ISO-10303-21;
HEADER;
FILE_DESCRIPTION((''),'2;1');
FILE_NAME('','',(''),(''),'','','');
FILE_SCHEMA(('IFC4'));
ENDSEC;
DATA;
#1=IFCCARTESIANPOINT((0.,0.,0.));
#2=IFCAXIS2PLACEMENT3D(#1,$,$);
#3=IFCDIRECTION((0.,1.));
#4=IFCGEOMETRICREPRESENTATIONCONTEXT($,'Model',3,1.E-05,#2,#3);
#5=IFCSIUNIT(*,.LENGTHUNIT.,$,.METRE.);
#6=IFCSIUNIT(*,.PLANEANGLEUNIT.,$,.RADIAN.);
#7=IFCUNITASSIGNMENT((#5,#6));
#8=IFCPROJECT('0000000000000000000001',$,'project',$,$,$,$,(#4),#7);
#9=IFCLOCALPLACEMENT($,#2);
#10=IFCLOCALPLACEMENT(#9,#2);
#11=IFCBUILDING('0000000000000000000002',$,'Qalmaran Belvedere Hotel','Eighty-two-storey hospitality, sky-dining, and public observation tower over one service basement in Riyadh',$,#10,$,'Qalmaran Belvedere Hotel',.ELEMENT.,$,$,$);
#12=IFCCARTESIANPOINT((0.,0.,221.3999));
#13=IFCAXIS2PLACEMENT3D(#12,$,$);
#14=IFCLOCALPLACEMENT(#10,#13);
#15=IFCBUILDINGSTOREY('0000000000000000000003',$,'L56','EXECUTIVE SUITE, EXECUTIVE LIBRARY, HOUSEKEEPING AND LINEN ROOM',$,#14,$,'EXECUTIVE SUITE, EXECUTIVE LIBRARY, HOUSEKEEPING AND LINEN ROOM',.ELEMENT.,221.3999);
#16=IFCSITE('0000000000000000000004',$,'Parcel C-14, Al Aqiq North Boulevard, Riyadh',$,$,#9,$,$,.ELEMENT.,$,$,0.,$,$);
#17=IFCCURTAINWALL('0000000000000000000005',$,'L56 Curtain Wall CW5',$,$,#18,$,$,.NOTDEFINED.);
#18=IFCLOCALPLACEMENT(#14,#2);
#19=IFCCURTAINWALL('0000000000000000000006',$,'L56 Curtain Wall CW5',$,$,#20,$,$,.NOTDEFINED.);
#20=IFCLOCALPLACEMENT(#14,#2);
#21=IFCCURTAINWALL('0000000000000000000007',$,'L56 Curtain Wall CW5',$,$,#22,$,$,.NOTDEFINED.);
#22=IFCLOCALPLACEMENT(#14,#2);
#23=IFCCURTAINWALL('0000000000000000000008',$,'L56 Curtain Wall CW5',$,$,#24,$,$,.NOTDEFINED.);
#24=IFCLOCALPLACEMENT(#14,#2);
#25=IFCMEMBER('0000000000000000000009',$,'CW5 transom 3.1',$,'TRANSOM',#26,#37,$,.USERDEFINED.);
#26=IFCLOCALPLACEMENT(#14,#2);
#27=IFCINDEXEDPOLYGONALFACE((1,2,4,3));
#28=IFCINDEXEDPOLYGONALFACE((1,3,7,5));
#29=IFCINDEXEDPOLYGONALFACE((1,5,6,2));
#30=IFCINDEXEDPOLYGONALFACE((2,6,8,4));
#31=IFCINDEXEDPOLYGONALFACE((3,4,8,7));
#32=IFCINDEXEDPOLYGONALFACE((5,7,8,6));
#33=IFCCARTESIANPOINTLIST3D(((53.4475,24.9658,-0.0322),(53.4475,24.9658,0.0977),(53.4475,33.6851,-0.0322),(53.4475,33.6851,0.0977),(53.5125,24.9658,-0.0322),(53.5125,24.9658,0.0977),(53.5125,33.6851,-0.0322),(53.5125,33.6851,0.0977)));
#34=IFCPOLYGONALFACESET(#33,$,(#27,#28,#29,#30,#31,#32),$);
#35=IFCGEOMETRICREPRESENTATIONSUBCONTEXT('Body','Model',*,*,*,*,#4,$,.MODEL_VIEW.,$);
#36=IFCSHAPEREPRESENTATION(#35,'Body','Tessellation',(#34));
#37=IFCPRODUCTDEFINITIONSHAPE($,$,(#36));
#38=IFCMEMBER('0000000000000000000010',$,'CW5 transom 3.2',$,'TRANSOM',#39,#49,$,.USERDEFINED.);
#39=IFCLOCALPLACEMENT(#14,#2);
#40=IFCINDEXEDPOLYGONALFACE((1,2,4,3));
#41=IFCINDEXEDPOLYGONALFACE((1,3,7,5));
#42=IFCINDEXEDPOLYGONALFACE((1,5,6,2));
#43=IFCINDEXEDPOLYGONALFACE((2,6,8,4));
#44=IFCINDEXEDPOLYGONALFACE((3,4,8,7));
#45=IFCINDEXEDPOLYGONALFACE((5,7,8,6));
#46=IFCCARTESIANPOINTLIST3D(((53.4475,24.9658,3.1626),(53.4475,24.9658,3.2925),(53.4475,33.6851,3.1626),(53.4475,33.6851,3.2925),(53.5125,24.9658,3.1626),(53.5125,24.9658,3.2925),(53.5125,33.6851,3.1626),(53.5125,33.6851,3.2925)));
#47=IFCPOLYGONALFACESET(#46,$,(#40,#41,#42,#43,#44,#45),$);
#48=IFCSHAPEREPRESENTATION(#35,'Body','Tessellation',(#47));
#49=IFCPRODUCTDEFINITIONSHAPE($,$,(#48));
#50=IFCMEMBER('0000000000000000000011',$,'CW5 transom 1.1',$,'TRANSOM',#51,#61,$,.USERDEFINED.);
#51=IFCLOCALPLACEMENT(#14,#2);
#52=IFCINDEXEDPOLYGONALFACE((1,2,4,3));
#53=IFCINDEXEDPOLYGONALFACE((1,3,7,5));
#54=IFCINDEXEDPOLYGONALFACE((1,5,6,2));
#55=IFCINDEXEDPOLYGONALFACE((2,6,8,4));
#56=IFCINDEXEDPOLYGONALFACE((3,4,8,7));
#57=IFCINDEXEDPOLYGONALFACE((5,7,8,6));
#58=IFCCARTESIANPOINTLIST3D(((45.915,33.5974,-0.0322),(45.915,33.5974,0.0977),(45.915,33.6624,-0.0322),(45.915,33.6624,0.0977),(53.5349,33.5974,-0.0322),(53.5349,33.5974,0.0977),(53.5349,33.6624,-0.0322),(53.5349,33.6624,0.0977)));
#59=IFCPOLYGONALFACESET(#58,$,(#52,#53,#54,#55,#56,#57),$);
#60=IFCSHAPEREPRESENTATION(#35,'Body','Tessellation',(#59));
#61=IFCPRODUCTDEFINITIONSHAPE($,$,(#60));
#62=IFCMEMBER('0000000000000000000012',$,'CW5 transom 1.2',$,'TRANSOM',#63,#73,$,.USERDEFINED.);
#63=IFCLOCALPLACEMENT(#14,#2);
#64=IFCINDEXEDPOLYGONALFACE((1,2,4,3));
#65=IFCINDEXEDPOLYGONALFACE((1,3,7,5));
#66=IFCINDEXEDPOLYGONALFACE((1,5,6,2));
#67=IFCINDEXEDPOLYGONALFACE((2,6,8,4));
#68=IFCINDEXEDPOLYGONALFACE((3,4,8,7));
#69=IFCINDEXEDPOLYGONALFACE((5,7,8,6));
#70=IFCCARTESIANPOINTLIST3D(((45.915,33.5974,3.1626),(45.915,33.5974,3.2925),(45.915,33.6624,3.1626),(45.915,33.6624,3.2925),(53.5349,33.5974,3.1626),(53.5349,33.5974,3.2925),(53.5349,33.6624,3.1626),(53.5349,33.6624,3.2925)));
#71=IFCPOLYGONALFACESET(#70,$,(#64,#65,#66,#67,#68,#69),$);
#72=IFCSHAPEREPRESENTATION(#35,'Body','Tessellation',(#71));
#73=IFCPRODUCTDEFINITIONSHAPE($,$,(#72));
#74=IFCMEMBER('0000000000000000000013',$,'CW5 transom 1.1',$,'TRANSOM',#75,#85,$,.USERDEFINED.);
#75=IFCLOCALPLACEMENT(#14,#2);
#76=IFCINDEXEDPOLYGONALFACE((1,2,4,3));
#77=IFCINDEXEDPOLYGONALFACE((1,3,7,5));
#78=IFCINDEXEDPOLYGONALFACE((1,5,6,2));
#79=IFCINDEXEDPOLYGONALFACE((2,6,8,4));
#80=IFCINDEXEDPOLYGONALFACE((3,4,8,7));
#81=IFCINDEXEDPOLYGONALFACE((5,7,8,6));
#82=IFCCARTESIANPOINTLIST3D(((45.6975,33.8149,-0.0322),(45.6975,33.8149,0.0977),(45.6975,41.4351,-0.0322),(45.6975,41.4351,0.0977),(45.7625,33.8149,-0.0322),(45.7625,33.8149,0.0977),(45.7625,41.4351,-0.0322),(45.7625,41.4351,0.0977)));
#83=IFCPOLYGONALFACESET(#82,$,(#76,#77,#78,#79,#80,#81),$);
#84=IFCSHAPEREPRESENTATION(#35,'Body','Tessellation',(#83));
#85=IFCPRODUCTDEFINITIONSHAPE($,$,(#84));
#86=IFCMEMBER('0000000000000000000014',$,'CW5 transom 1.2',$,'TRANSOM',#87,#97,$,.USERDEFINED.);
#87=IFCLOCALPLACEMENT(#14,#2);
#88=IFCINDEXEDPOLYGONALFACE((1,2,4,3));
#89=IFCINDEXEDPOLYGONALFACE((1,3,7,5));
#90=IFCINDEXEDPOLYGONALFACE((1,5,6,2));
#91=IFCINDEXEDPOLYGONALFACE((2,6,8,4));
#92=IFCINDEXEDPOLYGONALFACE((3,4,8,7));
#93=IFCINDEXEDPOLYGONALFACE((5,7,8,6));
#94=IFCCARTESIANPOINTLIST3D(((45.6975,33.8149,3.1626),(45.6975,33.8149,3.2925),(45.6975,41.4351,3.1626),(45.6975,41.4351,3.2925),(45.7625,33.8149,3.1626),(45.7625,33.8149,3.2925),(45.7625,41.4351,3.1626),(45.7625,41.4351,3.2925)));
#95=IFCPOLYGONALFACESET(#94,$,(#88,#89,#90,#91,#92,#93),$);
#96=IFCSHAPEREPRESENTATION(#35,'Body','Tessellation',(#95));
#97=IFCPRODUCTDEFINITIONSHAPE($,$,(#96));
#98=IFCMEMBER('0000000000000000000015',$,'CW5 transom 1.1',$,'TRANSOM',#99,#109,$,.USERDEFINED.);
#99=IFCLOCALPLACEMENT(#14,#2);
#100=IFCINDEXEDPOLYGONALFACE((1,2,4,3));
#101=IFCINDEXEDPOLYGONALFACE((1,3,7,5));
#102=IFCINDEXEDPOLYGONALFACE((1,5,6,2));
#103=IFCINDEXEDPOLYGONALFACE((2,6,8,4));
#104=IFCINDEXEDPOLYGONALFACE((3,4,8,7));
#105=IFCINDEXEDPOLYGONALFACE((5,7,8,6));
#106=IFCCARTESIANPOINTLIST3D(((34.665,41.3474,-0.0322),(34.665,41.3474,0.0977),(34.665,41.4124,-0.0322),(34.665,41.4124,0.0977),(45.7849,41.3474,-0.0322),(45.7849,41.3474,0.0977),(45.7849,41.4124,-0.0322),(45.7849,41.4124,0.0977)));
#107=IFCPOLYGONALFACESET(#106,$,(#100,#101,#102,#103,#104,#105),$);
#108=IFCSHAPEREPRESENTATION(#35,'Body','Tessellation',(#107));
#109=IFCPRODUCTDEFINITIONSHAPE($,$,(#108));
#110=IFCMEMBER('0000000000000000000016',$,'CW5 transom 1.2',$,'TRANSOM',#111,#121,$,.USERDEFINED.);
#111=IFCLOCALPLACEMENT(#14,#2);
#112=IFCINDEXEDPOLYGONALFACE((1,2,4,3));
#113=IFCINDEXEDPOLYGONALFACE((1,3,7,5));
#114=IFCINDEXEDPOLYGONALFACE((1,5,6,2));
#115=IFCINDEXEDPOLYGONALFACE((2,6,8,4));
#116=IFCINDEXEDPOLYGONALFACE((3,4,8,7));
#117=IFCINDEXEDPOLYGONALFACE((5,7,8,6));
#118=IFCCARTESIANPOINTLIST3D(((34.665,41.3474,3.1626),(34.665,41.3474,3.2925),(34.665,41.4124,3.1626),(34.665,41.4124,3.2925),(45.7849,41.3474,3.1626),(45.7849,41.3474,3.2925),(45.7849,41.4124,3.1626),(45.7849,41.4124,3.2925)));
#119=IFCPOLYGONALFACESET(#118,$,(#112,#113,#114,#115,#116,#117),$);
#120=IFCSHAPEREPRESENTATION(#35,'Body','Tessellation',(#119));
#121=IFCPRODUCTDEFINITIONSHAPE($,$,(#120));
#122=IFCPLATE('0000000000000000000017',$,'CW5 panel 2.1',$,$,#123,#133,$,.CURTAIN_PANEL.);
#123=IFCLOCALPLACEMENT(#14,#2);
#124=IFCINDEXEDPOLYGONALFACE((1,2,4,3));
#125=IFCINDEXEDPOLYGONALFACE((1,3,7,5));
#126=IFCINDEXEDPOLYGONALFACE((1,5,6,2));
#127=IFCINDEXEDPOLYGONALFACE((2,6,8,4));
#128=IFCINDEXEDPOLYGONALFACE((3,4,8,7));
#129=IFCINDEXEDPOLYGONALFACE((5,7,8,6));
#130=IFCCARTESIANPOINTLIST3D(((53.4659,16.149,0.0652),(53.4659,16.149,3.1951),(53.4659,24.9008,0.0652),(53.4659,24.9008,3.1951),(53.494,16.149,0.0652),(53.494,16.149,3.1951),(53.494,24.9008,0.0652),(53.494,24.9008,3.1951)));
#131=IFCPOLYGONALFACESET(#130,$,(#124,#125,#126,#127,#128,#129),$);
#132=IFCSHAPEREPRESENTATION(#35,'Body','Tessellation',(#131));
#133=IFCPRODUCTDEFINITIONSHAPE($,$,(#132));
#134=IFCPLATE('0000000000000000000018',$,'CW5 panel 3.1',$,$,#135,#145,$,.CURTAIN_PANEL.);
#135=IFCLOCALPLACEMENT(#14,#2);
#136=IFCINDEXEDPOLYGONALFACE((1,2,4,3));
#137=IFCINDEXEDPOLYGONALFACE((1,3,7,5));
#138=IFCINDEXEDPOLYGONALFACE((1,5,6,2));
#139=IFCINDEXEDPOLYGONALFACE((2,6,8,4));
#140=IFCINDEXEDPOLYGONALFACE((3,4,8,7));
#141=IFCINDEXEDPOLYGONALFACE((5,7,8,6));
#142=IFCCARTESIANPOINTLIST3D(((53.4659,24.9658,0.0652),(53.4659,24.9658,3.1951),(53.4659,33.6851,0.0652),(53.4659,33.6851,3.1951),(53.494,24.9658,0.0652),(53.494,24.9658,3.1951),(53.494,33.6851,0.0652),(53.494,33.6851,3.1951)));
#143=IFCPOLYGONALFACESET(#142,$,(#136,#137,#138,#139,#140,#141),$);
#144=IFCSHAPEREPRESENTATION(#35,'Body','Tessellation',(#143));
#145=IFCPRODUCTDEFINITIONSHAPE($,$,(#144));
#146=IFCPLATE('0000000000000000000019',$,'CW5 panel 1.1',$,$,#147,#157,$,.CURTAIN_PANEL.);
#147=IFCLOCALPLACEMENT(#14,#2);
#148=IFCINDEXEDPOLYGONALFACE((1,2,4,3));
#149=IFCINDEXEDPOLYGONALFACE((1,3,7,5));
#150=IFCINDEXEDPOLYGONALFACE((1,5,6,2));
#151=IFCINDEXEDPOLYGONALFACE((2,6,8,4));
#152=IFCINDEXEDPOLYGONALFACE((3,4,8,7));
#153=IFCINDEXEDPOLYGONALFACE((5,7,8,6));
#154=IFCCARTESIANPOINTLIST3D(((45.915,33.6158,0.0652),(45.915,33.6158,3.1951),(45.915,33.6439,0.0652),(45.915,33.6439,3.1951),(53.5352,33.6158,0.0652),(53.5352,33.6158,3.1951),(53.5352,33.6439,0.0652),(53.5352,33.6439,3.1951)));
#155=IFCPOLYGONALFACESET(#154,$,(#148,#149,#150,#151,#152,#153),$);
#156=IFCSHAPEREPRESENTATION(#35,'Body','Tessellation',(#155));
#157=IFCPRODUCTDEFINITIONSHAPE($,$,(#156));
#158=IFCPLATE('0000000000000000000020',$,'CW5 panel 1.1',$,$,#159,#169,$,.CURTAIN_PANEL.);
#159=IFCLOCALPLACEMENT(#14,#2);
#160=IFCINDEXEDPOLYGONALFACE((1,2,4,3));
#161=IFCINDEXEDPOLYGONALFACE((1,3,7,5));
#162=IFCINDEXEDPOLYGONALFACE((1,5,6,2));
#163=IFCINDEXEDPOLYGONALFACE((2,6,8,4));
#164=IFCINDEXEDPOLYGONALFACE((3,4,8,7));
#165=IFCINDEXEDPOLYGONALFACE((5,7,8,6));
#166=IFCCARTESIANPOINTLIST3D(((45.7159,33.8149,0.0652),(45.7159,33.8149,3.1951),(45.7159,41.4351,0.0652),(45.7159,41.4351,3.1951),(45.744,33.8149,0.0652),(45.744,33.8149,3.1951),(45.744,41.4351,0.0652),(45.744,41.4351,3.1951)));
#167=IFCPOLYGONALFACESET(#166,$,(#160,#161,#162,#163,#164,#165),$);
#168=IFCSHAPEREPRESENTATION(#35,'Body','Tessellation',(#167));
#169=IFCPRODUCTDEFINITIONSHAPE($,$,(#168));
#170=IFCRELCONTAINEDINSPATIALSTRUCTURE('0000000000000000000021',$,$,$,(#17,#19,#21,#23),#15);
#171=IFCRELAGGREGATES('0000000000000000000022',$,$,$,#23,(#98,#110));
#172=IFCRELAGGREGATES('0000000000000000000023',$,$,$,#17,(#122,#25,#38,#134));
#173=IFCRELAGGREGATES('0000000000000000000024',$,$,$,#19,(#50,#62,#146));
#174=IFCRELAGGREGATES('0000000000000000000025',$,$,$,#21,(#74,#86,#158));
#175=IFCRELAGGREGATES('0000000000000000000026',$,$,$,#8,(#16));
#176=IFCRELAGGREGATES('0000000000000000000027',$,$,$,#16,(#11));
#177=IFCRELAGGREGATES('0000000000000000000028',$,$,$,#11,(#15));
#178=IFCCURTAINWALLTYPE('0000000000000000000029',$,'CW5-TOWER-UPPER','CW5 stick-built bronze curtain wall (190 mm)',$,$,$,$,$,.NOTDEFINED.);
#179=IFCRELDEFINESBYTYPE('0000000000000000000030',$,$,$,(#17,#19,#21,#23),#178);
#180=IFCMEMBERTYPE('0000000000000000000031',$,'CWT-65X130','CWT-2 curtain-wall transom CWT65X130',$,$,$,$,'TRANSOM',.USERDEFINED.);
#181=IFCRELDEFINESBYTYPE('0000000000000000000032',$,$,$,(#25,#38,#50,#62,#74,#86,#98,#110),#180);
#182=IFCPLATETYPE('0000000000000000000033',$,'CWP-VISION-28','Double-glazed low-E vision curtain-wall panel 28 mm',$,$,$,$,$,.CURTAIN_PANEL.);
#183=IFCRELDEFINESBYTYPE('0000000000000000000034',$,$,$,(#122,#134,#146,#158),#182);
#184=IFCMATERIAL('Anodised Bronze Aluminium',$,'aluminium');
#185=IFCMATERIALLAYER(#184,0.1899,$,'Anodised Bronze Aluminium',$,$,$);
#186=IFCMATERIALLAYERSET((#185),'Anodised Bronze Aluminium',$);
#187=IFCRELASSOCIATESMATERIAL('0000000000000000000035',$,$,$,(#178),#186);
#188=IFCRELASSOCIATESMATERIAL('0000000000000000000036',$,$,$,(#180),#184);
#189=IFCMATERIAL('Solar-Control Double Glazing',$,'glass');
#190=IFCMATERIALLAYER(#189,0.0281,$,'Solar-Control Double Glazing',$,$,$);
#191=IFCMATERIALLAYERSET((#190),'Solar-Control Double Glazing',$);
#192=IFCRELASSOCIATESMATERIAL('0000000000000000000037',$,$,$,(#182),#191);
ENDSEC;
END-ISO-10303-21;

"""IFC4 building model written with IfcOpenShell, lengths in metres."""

from ifc_helpers import new_model, si_unit, direction, frame, origin, origin_2d, place, context, subcontext, project, spatial, rectangle, extrude, material, layer, layer_set, material_profile, profile_set, type_object, element, aggregate, save


model = new_model("IFC4")

# Units and contexts
model_context = context("Model", 3, precision=1e-05, world=origin(), true_north=direction((0.0, 1.0)))
body_context = subcontext(model_context, "Body", "Model", "MODEL_VIEW")
ifc_project = project(units=[si_unit("LENGTHUNIT", "METRE"), si_unit("PLANEANGLEUNIT", "RADIAN")], contexts=[model_context])

# Site, building, storey
site_placement = place(None, origin())
site = spatial("IfcSite", under=ifc_project, at=site_placement, Name="Parcel C-14, Al Aqiq North Boulevard, Riyadh", CompositionType="ELEMENT", RefElevation=0.0)
building_placement = place(site_placement, origin())
building = spatial("IfcBuilding", under=site, at=building_placement, Name="Qalmaran Belvedere Hotel", Description="Eighty-two-storey hospitality, sky-dining, and public observation tower over one service basement in Riyadh", LongName="Qalmaran Belvedere Hotel", CompositionType="ELEMENT")
storey_placement = place(building_placement, frame((0.0, 0.0, 221.3999)))
storey = spatial("IfcBuildingStorey", under=building, at=storey_placement, Name="L56", Description="EXECUTIVE SUITE, EXECUTIVE LIBRARY, HOUSEKEEPING AND LINEN ROOM", LongName="EXECUTIVE SUITE, EXECUTIVE LIBRARY, HOUSEKEEPING AND LINEN ROOM", CompositionType="ELEMENT", Elevation=221.3999)

# Curtain walls
ifc_material_1 = material(Name="Anodised Bronze Aluminium", Category="aluminium")
ifc_layer_1 = layer(ifc_material_1, 0.1899, Name="Anodised Bronze Aluminium")
ifc_layer_set_1 = layer_set([ifc_layer_1], Name="Anodised Bronze Aluminium")
curtain_wall_type = type_object("IfcCurtainWallType", Name="CW5-TOWER-UPPER", Description="CW5 stick-built bronze curtain wall (190 mm)", PredefinedType="NOTDEFINED", material=ifc_layer_set_1)
curtain_wall_1_placement = place(storey_placement, origin())
curtain_wall_1 = element("IfcCurtainWall", 1, at=curtain_wall_1_placement, inside=storey, type_object=curtain_wall_type, Name="L56 Curtain Wall CW5", PredefinedType="NOTDEFINED")
curtain_wall_2_placement = place(storey_placement, origin())
curtain_wall_2 = element("IfcCurtainWall", 2, at=curtain_wall_2_placement, inside=storey, type_object=curtain_wall_type, Name="L56 Curtain Wall CW5", PredefinedType="NOTDEFINED")
curtain_wall_3_placement = place(storey_placement, origin())
curtain_wall_3 = element("IfcCurtainWall", 3, at=curtain_wall_3_placement, inside=storey, type_object=curtain_wall_type, Name="L56 Curtain Wall CW5", PredefinedType="NOTDEFINED")

# Curtain wall
curtain_wall_4_placement = place(storey_placement, origin())
curtain_wall_4 = element("IfcCurtainWall", 4, at=curtain_wall_4_placement, inside=storey, type_object=curtain_wall_type, Name="L56 Curtain Wall CW5", PredefinedType="NOTDEFINED")

# Members
ifc_material_profile_1 = material_profile(ifc_material_1, rectangle(XDim=0.0649, YDim=0.1299, at=origin_2d()), Name="CWT65X130")
ifc_profile_set_1 = profile_set([ifc_material_profile_1], Name="Anodised Bronze Aluminium")
member_type_1 = type_object("IfcMemberType", Name="CWT-65X130", Description="CWT-2 curtain-wall transom CWT65X130", ElementType="TRANSOM", PredefinedType="USERDEFINED", material=ifc_profile_set_1)
member_1_placement = place(storey_placement, frame((53.48, 24.9658, 0.0327), z_axis=(0.0, 1.0, 0.0), x_axis=(-1.0, 0.0, 0.0)))
member_1 = element("IfcMember", 5, at=member_1_placement, type_object=member_type_1, Name="CW5 transom 3.1", ObjectType="TRANSOM", PredefinedType="USERDEFINED", context=body_context, shape_type="SweptSolid", body=[
    extrude(rectangle(XDim=0.0649, YDim=0.1299, at=origin_2d()), origin(), (0.0, 0.0, 1.0), 8.7192),
])
member_2_placement = place(storey_placement, frame((53.48, 24.9658, 3.2275), z_axis=(0.0, 1.0, 0.0), x_axis=(-1.0, 0.0, 0.0)))
member_2 = element("IfcMember", 6, at=member_2_placement, type_object=member_type_1, Name="CW5 transom 3.2", ObjectType="TRANSOM", PredefinedType="USERDEFINED", context=body_context, shape_type="SweptSolid", body=[
    extrude(rectangle(XDim=0.0649, YDim=0.1299, at=origin_2d()), origin(), (0.0, 0.0, 1.0), 8.7192),
])
member_3_placement = place(storey_placement, frame((53.5349, 33.6299, 0.0327), z_axis=(-1.0, 0.0, 0.0), x_axis=(0.0, -1.0, 0.0)))
member_3 = element("IfcMember", 7, at=member_3_placement, type_object=member_type_1, Name="CW5 transom 1.1", ObjectType="TRANSOM", PredefinedType="USERDEFINED", context=body_context, shape_type="SweptSolid", body=[
    extrude(rectangle(XDim=0.0649, YDim=0.1299, at=origin_2d()), origin(), (0.0, 0.0, 1.0), 7.6199),
])
member_4_placement = place(storey_placement, frame((53.5349, 33.6299, 3.2275), z_axis=(-1.0, 0.0, 0.0), x_axis=(0.0, -1.0, 0.0)))
member_4 = element("IfcMember", 8, at=member_4_placement, type_object=member_type_1, Name="CW5 transom 1.2", ObjectType="TRANSOM", PredefinedType="USERDEFINED", context=body_context, shape_type="SweptSolid", body=[
    extrude(rectangle(XDim=0.0649, YDim=0.1299, at=origin_2d()), origin(), (0.0, 0.0, 1.0), 7.6199),
])
member_5_placement = place(storey_placement, frame((45.73, 33.8149, 0.0327), z_axis=(0.0, 1.0, 0.0), x_axis=(-1.0, 0.0, 0.0)))
member_5 = element("IfcMember", 9, at=member_5_placement, type_object=member_type_1, Name="CW5 transom 1.1", ObjectType="TRANSOM", PredefinedType="USERDEFINED", context=body_context, shape_type="SweptSolid", body=[
    extrude(rectangle(XDim=0.0649, YDim=0.1299, at=origin_2d()), origin(), (0.0, 0.0, 1.0), 7.6201),
])
member_6_placement = place(storey_placement, frame((45.73, 33.8149, 3.2275), z_axis=(0.0, 1.0, 0.0), x_axis=(-1.0, 0.0, 0.0)))
member_6 = element("IfcMember", 10, at=member_6_placement, type_object=member_type_1, Name="CW5 transom 1.2", ObjectType="TRANSOM", PredefinedType="USERDEFINED", context=body_context, shape_type="SweptSolid", body=[
    extrude(rectangle(XDim=0.0649, YDim=0.1299, at=origin_2d()), origin(), (0.0, 0.0, 1.0), 7.6201),
])
member_7_placement = place(storey_placement, frame((45.7849, 41.3799, 0.0327), z_axis=(-1.0, 0.0, 0.0), x_axis=(0.0, -1.0, 0.0)))
member_7 = element("IfcMember", 11, at=member_7_placement, type_object=member_type_1, Name="CW5 transom 1.1", ObjectType="TRANSOM", PredefinedType="USERDEFINED", context=body_context, shape_type="SweptSolid", body=[
    extrude(rectangle(XDim=0.0649, YDim=0.1299, at=origin_2d()), origin(), (0.0, 0.0, 1.0), 11.1199),
])
member_8_placement = place(storey_placement, frame((45.7849, 41.3799, 3.2275), z_axis=(-1.0, 0.0, 0.0), x_axis=(0.0, -1.0, 0.0)))
member_8 = element("IfcMember", 12, at=member_8_placement, type_object=member_type_1, Name="CW5 transom 1.2", ObjectType="TRANSOM", PredefinedType="USERDEFINED", context=body_context, shape_type="SweptSolid", body=[
    extrude(rectangle(XDim=0.0649, YDim=0.1299, at=origin_2d()), origin(), (0.0, 0.0, 1.0), 11.1199),
])
aggregate(curtain_wall_4, [member_7, member_8])

# Plates
ifc_material_2 = material(Name="Solar-Control Double Glazing", Category="glass")
ifc_layer_2 = layer(ifc_material_2, 0.0281, Name="Solar-Control Double Glazing")
ifc_layer_set_2 = layer_set([ifc_layer_2], Name="Solar-Control Double Glazing")
plate_type = type_object("IfcPlateType", Name="CWP-VISION-28", Description="Double-glazed low-E vision curtain-wall panel 28 mm", PredefinedType="CURTAIN_PANEL", material=ifc_layer_set_2)
plate_1_placement = place(storey_placement, frame((53.48, 20.5249, 0.0652), z_axis=(0.0, 0.0, 1.0), x_axis=(0.0, 1.0, 0.0)))
plate_1 = element("IfcPlate", 13, at=plate_1_placement, type_object=plate_type, Name="CW5 panel 2.1", PredefinedType="CURTAIN_PANEL", context=body_context, shape_type="SweptSolid", body=[
    extrude(rectangle(XDim=8.7517, YDim=0.0281, at=origin_2d()), origin(), (0.0, 0.0, 1.0), 3.1299),
])
plate_2_placement = place(storey_placement, frame((53.48, 29.3254, 0.0652), z_axis=(0.0, 0.0, 1.0), x_axis=(0.0, 1.0, 0.0)))
plate_2 = element("IfcPlate", 14, at=plate_2_placement, type_object=plate_type, Name="CW5 panel 3.1", PredefinedType="CURTAIN_PANEL", context=body_context, shape_type="SweptSolid", body=[
    extrude(rectangle(XDim=8.7192, YDim=0.0281, at=origin_2d()), origin(), (0.0, 0.0, 1.0), 3.1299),
])
aggregate(curtain_wall_1, [plate_1, member_1, member_2, plate_2])
plate_3_placement = place(storey_placement, frame((49.7251, 33.6299, 0.0652), z_axis=(0.0, 0.0, 1.0), x_axis=(-1.0, 0.0, 0.0)))
plate_3 = element("IfcPlate", 15, at=plate_3_placement, type_object=plate_type, Name="CW5 panel 1.1", PredefinedType="CURTAIN_PANEL", context=body_context, shape_type="SweptSolid", body=[
    extrude(rectangle(XDim=7.6201, YDim=0.0281, at=origin_2d()), origin(), (0.0, 0.0, 1.0), 3.1299),
])
aggregate(curtain_wall_2, [member_3, member_4, plate_3])
plate_4_placement = place(storey_placement, frame((45.73, 37.625, 0.0652), z_axis=(0.0, 0.0, 1.0), x_axis=(0.0, 1.0, 0.0)))
plate_4 = element("IfcPlate", 16, at=plate_4_placement, type_object=plate_type, Name="CW5 panel 1.1", PredefinedType="CURTAIN_PANEL", context=body_context, shape_type="SweptSolid", body=[
    extrude(rectangle(XDim=7.6201, YDim=0.0281, at=origin_2d()), origin(), (0.0, 0.0, 1.0), 3.1299),
])
aggregate(curtain_wall_3, [member_5, member_6, plate_4])

save(model, "model.ifc")
